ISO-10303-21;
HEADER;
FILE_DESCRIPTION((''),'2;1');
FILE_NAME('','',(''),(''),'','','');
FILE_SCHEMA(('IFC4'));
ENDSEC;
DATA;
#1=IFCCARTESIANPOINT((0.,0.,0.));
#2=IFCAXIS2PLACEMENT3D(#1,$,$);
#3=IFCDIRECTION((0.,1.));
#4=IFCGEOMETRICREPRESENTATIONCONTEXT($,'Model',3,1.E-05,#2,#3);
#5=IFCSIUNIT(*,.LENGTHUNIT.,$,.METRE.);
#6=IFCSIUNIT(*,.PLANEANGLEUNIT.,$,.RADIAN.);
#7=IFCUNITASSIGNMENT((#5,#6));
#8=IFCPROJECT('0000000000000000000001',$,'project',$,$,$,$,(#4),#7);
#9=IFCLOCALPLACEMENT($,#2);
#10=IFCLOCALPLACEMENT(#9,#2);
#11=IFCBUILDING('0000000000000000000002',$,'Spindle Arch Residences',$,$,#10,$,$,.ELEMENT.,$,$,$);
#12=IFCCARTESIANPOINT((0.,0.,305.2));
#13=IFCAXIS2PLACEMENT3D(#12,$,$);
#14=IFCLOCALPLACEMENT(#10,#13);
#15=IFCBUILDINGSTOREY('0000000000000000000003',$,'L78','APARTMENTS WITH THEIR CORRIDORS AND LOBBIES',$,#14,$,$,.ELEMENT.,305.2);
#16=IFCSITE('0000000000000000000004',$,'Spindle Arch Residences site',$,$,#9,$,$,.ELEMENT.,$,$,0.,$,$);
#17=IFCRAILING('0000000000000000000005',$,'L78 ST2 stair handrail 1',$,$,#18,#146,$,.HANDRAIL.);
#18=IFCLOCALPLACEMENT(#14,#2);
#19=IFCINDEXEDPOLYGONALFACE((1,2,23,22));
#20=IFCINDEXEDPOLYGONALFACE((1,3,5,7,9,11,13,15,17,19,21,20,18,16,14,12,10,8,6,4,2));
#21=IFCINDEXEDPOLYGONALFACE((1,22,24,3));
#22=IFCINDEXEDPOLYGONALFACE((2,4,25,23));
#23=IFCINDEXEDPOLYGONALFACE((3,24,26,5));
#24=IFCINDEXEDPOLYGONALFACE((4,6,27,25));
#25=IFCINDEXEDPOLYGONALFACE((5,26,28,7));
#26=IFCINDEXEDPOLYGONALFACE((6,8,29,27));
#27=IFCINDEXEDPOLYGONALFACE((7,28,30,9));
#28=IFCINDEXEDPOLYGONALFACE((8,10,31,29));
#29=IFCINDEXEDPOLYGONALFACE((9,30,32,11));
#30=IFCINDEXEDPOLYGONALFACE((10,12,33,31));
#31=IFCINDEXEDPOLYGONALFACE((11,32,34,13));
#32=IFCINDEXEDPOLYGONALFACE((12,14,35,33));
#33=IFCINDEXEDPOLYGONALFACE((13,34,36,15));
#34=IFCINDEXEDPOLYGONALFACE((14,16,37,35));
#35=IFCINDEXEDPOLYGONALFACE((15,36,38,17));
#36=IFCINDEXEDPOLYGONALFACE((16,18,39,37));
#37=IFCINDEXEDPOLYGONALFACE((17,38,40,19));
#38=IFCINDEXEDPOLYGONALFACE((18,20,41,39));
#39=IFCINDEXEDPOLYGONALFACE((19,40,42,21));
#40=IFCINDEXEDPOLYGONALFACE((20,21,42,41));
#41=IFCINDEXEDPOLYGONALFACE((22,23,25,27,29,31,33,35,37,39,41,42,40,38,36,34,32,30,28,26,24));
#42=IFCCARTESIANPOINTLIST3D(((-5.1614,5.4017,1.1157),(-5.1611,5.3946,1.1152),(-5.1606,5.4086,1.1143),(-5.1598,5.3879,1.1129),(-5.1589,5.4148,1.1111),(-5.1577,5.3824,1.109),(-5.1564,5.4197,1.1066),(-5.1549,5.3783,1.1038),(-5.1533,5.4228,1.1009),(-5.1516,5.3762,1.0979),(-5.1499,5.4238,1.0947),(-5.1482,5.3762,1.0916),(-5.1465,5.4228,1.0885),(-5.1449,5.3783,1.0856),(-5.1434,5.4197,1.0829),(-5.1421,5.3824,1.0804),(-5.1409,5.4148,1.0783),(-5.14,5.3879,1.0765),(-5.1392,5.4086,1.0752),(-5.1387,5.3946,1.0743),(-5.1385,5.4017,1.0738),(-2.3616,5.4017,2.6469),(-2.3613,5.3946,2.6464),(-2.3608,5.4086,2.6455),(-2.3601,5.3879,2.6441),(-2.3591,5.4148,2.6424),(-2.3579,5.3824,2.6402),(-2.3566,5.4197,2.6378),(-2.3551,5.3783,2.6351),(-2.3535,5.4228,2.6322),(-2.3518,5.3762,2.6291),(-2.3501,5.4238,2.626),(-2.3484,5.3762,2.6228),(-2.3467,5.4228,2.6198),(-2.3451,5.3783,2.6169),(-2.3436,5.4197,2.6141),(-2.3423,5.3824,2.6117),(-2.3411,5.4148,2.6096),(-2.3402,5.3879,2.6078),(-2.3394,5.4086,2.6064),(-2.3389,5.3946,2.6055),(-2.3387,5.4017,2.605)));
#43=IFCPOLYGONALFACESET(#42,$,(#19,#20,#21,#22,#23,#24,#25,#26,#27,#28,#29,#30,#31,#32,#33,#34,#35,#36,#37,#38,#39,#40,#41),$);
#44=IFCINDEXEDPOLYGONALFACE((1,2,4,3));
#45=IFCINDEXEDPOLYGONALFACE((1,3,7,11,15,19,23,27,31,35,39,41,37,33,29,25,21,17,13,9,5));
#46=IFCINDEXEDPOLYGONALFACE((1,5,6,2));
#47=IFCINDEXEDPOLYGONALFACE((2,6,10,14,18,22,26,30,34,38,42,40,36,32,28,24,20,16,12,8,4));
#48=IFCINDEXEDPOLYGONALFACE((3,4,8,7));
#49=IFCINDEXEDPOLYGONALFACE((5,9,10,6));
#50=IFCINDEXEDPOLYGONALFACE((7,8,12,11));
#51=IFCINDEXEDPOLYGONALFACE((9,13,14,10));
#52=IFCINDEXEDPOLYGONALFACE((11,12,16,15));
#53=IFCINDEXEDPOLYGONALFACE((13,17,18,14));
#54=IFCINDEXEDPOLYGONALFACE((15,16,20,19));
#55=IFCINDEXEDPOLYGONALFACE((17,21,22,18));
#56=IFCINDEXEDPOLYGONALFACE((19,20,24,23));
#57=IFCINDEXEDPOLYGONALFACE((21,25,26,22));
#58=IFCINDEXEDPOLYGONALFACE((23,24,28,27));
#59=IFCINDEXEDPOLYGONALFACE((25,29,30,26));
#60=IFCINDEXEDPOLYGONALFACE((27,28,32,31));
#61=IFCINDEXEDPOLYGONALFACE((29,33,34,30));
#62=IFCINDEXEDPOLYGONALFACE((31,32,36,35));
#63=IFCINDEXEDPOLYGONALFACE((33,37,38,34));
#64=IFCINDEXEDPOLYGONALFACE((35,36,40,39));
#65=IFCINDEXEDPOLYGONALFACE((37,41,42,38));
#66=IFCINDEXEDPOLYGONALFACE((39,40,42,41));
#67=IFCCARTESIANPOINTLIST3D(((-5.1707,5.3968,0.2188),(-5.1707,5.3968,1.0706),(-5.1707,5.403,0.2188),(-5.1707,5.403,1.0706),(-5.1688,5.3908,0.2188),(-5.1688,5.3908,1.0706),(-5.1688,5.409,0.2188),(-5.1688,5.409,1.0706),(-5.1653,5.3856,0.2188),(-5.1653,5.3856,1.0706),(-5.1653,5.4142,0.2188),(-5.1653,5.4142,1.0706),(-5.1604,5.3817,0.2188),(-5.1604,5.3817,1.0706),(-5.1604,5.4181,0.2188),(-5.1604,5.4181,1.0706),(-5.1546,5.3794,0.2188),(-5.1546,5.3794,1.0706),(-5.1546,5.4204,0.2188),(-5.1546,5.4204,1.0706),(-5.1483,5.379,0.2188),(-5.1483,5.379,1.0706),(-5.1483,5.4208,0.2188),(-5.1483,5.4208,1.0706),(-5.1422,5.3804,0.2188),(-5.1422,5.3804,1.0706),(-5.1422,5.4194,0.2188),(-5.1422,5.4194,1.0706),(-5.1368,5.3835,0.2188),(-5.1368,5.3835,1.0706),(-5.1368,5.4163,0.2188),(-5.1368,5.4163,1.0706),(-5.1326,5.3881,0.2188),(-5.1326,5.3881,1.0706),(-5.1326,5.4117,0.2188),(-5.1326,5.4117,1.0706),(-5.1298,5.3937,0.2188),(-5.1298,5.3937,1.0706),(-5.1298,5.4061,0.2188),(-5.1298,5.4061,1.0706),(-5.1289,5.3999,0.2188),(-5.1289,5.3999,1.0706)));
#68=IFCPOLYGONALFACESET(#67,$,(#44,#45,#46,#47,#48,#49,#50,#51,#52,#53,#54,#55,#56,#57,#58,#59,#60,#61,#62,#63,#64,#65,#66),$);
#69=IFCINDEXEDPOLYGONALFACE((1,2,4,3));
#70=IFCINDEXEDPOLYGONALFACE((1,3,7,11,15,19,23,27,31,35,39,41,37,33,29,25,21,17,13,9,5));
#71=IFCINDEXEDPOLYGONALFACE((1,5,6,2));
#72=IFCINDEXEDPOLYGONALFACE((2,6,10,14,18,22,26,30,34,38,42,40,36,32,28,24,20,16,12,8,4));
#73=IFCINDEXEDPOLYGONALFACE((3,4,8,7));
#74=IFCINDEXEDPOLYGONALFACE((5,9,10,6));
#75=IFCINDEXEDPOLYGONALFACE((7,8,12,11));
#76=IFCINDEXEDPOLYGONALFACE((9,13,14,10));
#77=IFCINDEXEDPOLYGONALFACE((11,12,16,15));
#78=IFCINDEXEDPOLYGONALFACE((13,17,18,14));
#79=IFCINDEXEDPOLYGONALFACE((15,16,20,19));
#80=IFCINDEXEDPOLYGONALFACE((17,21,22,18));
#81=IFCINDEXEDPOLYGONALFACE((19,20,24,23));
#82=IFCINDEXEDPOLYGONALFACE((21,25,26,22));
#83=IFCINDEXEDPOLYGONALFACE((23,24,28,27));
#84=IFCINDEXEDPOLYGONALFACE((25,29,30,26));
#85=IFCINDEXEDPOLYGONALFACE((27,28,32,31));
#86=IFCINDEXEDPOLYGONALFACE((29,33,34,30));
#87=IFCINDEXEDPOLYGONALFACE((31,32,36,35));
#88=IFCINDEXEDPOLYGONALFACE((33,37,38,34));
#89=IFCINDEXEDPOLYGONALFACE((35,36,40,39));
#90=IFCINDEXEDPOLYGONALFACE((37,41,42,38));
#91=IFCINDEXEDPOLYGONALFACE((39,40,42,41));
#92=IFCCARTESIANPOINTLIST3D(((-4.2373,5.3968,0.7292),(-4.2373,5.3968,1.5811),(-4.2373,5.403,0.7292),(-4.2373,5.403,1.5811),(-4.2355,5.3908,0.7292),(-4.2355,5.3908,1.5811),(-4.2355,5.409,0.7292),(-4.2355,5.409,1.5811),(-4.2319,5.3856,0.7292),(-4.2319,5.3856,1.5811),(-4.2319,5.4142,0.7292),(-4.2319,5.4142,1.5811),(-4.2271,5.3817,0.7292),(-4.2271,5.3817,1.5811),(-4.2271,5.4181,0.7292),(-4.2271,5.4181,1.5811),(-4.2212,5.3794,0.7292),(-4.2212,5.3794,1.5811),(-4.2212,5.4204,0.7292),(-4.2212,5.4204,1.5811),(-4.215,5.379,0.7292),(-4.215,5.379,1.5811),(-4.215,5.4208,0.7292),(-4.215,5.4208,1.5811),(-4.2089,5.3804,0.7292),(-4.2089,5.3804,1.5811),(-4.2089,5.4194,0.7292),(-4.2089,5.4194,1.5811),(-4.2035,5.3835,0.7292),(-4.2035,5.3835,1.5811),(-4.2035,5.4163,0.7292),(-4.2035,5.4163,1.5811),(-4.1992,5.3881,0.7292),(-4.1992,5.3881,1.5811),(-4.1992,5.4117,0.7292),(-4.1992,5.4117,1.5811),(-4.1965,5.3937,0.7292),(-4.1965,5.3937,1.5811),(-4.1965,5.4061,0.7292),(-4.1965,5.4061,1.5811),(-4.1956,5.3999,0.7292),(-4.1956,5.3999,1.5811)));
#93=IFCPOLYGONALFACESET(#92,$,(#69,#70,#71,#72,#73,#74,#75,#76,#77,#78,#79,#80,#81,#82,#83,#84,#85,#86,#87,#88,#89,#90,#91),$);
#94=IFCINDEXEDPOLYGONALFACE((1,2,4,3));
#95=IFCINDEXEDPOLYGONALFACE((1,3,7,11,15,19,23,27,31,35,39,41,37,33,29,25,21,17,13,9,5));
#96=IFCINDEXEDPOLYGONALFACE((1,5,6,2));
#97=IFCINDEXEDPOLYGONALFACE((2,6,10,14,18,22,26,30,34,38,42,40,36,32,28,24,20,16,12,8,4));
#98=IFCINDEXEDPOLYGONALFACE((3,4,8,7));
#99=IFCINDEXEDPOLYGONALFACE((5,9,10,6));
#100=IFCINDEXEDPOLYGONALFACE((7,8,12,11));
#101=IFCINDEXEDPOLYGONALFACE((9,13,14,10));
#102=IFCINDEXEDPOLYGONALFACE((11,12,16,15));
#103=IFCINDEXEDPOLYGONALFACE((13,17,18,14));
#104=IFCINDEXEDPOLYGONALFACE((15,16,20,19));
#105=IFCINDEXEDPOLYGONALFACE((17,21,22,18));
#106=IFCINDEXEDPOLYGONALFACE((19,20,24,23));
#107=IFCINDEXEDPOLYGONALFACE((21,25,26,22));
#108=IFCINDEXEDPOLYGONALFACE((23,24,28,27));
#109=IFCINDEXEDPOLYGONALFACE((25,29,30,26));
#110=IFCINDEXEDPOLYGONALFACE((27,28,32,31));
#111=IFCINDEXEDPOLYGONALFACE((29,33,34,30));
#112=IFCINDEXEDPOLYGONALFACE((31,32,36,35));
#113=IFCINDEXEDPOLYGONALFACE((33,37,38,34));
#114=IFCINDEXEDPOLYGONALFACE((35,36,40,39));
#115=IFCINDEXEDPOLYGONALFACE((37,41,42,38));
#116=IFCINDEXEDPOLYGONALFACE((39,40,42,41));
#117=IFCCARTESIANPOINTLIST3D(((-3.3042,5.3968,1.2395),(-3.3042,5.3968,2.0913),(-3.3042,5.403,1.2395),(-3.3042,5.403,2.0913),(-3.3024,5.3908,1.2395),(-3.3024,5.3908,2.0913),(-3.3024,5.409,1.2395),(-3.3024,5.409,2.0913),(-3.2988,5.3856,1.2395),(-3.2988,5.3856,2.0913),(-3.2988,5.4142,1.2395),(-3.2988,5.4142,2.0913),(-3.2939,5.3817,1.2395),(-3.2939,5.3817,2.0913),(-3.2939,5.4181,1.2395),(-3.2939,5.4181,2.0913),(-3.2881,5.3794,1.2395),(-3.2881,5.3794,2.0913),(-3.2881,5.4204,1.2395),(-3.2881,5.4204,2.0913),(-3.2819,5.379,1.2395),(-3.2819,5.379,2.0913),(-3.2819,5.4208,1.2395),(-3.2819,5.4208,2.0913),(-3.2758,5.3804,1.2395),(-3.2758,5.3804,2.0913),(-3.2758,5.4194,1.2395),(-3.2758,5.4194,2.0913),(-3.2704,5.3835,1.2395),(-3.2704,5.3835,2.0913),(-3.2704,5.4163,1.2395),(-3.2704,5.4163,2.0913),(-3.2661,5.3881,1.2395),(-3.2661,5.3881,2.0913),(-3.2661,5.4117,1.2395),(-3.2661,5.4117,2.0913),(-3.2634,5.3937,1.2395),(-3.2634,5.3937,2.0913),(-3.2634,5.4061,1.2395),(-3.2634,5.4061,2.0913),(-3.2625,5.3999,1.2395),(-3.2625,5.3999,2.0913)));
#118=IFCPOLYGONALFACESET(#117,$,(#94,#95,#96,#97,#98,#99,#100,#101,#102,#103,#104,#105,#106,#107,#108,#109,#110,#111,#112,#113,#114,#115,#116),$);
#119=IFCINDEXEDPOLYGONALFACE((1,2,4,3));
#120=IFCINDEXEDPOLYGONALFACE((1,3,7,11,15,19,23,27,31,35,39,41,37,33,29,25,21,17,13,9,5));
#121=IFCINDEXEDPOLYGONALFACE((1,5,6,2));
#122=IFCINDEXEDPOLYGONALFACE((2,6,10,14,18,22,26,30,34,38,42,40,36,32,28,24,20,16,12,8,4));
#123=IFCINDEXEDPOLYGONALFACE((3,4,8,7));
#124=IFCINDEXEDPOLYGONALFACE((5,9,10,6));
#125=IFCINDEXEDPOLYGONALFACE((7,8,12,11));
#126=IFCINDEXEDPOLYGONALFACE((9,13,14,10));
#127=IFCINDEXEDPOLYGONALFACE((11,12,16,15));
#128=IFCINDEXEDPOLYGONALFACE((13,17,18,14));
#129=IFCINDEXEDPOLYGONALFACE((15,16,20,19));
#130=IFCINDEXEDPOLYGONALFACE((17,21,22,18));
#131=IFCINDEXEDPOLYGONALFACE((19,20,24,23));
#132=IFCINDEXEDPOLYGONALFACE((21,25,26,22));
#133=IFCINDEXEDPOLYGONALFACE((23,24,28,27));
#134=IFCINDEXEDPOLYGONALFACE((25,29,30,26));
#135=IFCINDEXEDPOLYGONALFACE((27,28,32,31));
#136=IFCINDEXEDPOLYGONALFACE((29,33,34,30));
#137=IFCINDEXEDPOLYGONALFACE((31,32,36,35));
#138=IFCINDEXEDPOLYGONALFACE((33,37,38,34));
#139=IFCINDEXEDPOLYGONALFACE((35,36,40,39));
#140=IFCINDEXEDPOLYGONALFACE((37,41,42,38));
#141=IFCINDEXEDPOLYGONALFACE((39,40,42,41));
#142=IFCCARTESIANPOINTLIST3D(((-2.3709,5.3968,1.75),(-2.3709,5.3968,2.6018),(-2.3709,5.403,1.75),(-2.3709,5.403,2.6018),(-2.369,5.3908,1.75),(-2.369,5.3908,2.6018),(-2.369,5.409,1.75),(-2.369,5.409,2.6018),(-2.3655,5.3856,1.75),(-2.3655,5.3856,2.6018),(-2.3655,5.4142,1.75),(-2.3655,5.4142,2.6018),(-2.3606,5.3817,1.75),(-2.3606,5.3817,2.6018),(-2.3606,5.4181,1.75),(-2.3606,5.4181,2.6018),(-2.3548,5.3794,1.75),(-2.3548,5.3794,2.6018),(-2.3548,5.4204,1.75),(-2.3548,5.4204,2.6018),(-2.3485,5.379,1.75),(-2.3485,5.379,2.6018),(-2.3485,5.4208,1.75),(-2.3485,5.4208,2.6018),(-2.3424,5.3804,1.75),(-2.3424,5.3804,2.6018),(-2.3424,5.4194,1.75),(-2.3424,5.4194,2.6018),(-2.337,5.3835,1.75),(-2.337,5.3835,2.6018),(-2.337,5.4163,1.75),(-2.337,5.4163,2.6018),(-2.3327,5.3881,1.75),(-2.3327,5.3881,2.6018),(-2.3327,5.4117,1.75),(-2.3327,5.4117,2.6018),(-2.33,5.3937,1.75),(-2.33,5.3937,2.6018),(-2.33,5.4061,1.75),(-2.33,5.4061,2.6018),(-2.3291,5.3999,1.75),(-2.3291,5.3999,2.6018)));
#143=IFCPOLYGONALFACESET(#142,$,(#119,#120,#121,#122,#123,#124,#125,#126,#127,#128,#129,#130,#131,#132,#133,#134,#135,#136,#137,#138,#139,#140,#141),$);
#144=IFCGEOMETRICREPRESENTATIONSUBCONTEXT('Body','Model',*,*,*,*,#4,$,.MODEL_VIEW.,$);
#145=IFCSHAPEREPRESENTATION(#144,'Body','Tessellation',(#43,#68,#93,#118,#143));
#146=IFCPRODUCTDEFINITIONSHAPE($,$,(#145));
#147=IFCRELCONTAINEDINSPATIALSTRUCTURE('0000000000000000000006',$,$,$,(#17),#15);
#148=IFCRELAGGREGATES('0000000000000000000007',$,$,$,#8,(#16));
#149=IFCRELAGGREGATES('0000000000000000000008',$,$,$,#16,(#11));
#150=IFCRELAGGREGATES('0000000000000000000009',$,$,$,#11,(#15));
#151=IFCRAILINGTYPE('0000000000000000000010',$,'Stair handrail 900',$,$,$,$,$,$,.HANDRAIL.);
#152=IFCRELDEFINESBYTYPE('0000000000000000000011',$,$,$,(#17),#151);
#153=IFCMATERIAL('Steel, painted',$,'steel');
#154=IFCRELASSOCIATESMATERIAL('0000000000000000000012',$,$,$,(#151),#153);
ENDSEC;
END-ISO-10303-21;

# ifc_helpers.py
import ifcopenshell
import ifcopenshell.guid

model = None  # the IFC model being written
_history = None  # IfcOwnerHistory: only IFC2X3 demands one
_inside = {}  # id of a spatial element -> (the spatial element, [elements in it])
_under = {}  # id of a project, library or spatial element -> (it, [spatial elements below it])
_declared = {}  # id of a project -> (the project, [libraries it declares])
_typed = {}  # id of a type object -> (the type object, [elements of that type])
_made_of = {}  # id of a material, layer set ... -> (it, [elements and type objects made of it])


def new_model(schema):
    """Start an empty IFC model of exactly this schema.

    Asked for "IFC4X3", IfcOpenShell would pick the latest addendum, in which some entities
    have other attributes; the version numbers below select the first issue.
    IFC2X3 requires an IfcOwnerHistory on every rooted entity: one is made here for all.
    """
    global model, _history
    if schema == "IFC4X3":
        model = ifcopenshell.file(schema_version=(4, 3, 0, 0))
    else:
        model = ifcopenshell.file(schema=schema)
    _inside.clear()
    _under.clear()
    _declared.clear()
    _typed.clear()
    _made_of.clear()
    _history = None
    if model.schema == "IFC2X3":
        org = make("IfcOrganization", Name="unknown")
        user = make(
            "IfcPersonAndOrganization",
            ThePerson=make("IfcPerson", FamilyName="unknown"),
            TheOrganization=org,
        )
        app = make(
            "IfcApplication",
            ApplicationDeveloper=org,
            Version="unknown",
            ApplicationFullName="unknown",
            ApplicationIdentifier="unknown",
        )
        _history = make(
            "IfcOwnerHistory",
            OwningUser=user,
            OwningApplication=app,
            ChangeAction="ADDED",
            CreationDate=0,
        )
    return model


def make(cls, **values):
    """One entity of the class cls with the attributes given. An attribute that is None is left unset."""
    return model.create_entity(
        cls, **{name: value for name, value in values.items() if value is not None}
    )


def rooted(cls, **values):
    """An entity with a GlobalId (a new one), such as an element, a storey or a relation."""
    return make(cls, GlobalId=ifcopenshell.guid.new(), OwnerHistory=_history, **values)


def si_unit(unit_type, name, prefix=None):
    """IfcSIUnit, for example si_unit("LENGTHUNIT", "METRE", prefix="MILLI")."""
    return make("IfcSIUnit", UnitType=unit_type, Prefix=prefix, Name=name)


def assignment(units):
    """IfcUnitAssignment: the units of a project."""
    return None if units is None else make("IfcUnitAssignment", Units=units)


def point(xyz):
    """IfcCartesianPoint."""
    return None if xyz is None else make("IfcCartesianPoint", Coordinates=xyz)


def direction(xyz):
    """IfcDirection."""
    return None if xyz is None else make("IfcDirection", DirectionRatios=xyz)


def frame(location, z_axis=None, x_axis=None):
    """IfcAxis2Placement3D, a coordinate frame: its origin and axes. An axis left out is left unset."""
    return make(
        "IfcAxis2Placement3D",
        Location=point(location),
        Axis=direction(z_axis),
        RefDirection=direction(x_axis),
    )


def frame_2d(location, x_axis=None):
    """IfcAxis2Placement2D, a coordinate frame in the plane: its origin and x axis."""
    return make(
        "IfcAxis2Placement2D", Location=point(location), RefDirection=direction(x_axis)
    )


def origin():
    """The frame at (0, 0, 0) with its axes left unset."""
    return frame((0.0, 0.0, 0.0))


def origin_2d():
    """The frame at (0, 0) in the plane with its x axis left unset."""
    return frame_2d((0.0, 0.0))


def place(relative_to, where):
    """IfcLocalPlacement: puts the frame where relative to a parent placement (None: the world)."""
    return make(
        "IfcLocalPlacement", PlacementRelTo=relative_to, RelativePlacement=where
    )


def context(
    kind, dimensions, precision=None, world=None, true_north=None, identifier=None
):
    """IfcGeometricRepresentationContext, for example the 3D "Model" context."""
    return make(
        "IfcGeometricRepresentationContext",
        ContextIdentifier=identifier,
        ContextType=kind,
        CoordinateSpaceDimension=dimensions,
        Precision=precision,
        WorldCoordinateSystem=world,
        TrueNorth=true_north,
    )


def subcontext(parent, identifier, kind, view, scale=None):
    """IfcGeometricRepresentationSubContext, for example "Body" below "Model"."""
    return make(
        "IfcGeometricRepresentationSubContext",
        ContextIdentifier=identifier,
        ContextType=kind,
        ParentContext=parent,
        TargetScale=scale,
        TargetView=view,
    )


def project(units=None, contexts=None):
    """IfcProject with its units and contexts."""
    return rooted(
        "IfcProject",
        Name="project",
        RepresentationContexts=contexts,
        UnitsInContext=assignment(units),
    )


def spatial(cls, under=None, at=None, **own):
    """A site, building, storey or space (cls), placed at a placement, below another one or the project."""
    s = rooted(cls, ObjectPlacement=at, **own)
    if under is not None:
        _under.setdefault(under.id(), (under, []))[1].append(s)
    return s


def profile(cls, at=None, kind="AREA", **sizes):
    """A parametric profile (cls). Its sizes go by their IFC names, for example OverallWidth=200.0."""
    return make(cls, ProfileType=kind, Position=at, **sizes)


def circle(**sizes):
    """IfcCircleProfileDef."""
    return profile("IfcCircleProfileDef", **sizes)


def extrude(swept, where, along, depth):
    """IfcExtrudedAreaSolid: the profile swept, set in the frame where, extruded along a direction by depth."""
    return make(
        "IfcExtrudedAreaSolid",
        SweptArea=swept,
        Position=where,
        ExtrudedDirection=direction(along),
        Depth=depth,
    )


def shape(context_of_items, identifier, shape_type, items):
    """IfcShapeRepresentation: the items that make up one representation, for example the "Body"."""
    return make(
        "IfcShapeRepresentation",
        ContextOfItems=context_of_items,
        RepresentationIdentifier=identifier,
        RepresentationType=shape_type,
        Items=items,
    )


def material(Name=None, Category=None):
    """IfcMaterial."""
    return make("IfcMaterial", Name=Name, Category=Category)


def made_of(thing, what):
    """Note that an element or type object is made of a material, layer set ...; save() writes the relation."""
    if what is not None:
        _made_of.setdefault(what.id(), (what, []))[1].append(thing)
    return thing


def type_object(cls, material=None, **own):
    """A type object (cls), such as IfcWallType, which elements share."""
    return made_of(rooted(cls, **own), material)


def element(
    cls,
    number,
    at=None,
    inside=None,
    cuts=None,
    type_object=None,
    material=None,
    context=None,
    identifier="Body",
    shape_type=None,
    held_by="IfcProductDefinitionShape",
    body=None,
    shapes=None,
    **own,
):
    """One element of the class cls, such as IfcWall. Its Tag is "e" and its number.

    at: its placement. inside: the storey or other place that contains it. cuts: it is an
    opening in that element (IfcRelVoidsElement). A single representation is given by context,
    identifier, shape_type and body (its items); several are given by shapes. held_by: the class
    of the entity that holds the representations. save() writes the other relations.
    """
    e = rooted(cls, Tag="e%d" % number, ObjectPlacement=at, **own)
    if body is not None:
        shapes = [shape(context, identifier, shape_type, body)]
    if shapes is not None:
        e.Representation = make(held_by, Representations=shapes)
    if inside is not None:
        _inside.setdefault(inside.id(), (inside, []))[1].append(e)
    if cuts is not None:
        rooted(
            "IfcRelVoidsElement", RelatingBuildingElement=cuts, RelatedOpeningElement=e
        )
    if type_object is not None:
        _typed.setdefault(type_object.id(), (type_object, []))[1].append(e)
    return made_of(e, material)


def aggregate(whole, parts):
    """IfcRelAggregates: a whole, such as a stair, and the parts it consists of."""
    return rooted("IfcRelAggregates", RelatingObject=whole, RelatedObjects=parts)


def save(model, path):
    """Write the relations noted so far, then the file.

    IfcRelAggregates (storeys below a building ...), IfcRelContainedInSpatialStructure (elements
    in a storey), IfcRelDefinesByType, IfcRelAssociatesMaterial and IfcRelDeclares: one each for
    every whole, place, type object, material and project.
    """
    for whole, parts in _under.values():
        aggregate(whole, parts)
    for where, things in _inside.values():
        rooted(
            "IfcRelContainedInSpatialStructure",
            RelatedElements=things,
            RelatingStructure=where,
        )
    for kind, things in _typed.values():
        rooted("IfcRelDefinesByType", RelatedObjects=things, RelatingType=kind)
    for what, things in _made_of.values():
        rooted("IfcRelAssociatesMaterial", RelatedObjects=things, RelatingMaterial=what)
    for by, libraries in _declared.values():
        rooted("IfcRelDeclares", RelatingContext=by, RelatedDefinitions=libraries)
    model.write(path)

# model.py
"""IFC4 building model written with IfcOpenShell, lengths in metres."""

from ifc_helpers import new_model, si_unit, direction, frame, origin, origin_2d, place, context, subcontext, project, spatial, circle, extrude, material, type_object, element, save


model = new_model("IFC4")

# Units and contexts
model_context = context("Model", 3, precision=1e-05, world=origin(), true_north=direction((0.0, 1.0)))
body_context = subcontext(model_context, "Body", "Model", "MODEL_VIEW")
ifc_project = project(units=[si_unit("LENGTHUNIT", "METRE"), si_unit("PLANEANGLEUNIT", "RADIAN")], contexts=[model_context])

# Site, building, storey
site_placement = place(None, origin())
site = spatial("IfcSite", under=ifc_project, at=site_placement, Name="Spindle Arch Residences site", CompositionType="ELEMENT", RefElevation=0.0)
building_placement = place(site_placement, origin())
building = spatial("IfcBuilding", under=site, at=building_placement, Name="Spindle Arch Residences", CompositionType="ELEMENT")
storey_placement = place(building_placement, frame((0.0, 0.0, 305.2)))
storey = spatial("IfcBuildingStorey", under=building, at=storey_placement, Name="L78", Description="APARTMENTS WITH THEIR CORRIDORS AND LOBBIES", CompositionType="ELEMENT", Elevation=305.2)

# Railing
ifc_material_1 = material(Name="Steel, painted", Category="steel")
railing_type_1 = type_object("IfcRailingType", Name="Stair handrail 900", PredefinedType="HANDRAIL", material=ifc_material_1)
railing_1_placement = place(storey_placement, frame((-5.1499, 5.3999, 0.2188)))
element("IfcRailing", 1, at=railing_1_placement, inside=storey, type_object=railing_type_1, Name="L78 ST2 stair handrail 1", PredefinedType="HANDRAIL", context=body_context, shape_type="SweptSolid", body=[
    extrude(circle(Radius=0.0239, at=origin_2d()), frame((0.0, 0.0, 0.876), z_axis=(0.877357, 0.0, 0.479838), x_axis=(0.0, 1.0, 0.0)), (0.0, 0.0, 1.0), 3.1912),
    extrude(circle(Radius=0.021, at=origin_2d()), origin(), (0.0, 0.0, 1.0), 0.8518),
    extrude(circle(Radius=0.021, at=origin_2d()), frame((0.9333, 0.0, 0.5105)), (0.0, 0.0, 1.0), 0.8518),
    extrude(circle(Radius=0.021, at=origin_2d()), frame((1.8665, 0.0, 1.0208)), (0.0, 0.0, 1.0), 0.8518),
    extrude(circle(Radius=0.021, at=origin_2d()), frame((2.7998, 0.0, 1.5312)), (0.0, 0.0, 1.0), 0.8518),
])

save(model, "model.ifc")
